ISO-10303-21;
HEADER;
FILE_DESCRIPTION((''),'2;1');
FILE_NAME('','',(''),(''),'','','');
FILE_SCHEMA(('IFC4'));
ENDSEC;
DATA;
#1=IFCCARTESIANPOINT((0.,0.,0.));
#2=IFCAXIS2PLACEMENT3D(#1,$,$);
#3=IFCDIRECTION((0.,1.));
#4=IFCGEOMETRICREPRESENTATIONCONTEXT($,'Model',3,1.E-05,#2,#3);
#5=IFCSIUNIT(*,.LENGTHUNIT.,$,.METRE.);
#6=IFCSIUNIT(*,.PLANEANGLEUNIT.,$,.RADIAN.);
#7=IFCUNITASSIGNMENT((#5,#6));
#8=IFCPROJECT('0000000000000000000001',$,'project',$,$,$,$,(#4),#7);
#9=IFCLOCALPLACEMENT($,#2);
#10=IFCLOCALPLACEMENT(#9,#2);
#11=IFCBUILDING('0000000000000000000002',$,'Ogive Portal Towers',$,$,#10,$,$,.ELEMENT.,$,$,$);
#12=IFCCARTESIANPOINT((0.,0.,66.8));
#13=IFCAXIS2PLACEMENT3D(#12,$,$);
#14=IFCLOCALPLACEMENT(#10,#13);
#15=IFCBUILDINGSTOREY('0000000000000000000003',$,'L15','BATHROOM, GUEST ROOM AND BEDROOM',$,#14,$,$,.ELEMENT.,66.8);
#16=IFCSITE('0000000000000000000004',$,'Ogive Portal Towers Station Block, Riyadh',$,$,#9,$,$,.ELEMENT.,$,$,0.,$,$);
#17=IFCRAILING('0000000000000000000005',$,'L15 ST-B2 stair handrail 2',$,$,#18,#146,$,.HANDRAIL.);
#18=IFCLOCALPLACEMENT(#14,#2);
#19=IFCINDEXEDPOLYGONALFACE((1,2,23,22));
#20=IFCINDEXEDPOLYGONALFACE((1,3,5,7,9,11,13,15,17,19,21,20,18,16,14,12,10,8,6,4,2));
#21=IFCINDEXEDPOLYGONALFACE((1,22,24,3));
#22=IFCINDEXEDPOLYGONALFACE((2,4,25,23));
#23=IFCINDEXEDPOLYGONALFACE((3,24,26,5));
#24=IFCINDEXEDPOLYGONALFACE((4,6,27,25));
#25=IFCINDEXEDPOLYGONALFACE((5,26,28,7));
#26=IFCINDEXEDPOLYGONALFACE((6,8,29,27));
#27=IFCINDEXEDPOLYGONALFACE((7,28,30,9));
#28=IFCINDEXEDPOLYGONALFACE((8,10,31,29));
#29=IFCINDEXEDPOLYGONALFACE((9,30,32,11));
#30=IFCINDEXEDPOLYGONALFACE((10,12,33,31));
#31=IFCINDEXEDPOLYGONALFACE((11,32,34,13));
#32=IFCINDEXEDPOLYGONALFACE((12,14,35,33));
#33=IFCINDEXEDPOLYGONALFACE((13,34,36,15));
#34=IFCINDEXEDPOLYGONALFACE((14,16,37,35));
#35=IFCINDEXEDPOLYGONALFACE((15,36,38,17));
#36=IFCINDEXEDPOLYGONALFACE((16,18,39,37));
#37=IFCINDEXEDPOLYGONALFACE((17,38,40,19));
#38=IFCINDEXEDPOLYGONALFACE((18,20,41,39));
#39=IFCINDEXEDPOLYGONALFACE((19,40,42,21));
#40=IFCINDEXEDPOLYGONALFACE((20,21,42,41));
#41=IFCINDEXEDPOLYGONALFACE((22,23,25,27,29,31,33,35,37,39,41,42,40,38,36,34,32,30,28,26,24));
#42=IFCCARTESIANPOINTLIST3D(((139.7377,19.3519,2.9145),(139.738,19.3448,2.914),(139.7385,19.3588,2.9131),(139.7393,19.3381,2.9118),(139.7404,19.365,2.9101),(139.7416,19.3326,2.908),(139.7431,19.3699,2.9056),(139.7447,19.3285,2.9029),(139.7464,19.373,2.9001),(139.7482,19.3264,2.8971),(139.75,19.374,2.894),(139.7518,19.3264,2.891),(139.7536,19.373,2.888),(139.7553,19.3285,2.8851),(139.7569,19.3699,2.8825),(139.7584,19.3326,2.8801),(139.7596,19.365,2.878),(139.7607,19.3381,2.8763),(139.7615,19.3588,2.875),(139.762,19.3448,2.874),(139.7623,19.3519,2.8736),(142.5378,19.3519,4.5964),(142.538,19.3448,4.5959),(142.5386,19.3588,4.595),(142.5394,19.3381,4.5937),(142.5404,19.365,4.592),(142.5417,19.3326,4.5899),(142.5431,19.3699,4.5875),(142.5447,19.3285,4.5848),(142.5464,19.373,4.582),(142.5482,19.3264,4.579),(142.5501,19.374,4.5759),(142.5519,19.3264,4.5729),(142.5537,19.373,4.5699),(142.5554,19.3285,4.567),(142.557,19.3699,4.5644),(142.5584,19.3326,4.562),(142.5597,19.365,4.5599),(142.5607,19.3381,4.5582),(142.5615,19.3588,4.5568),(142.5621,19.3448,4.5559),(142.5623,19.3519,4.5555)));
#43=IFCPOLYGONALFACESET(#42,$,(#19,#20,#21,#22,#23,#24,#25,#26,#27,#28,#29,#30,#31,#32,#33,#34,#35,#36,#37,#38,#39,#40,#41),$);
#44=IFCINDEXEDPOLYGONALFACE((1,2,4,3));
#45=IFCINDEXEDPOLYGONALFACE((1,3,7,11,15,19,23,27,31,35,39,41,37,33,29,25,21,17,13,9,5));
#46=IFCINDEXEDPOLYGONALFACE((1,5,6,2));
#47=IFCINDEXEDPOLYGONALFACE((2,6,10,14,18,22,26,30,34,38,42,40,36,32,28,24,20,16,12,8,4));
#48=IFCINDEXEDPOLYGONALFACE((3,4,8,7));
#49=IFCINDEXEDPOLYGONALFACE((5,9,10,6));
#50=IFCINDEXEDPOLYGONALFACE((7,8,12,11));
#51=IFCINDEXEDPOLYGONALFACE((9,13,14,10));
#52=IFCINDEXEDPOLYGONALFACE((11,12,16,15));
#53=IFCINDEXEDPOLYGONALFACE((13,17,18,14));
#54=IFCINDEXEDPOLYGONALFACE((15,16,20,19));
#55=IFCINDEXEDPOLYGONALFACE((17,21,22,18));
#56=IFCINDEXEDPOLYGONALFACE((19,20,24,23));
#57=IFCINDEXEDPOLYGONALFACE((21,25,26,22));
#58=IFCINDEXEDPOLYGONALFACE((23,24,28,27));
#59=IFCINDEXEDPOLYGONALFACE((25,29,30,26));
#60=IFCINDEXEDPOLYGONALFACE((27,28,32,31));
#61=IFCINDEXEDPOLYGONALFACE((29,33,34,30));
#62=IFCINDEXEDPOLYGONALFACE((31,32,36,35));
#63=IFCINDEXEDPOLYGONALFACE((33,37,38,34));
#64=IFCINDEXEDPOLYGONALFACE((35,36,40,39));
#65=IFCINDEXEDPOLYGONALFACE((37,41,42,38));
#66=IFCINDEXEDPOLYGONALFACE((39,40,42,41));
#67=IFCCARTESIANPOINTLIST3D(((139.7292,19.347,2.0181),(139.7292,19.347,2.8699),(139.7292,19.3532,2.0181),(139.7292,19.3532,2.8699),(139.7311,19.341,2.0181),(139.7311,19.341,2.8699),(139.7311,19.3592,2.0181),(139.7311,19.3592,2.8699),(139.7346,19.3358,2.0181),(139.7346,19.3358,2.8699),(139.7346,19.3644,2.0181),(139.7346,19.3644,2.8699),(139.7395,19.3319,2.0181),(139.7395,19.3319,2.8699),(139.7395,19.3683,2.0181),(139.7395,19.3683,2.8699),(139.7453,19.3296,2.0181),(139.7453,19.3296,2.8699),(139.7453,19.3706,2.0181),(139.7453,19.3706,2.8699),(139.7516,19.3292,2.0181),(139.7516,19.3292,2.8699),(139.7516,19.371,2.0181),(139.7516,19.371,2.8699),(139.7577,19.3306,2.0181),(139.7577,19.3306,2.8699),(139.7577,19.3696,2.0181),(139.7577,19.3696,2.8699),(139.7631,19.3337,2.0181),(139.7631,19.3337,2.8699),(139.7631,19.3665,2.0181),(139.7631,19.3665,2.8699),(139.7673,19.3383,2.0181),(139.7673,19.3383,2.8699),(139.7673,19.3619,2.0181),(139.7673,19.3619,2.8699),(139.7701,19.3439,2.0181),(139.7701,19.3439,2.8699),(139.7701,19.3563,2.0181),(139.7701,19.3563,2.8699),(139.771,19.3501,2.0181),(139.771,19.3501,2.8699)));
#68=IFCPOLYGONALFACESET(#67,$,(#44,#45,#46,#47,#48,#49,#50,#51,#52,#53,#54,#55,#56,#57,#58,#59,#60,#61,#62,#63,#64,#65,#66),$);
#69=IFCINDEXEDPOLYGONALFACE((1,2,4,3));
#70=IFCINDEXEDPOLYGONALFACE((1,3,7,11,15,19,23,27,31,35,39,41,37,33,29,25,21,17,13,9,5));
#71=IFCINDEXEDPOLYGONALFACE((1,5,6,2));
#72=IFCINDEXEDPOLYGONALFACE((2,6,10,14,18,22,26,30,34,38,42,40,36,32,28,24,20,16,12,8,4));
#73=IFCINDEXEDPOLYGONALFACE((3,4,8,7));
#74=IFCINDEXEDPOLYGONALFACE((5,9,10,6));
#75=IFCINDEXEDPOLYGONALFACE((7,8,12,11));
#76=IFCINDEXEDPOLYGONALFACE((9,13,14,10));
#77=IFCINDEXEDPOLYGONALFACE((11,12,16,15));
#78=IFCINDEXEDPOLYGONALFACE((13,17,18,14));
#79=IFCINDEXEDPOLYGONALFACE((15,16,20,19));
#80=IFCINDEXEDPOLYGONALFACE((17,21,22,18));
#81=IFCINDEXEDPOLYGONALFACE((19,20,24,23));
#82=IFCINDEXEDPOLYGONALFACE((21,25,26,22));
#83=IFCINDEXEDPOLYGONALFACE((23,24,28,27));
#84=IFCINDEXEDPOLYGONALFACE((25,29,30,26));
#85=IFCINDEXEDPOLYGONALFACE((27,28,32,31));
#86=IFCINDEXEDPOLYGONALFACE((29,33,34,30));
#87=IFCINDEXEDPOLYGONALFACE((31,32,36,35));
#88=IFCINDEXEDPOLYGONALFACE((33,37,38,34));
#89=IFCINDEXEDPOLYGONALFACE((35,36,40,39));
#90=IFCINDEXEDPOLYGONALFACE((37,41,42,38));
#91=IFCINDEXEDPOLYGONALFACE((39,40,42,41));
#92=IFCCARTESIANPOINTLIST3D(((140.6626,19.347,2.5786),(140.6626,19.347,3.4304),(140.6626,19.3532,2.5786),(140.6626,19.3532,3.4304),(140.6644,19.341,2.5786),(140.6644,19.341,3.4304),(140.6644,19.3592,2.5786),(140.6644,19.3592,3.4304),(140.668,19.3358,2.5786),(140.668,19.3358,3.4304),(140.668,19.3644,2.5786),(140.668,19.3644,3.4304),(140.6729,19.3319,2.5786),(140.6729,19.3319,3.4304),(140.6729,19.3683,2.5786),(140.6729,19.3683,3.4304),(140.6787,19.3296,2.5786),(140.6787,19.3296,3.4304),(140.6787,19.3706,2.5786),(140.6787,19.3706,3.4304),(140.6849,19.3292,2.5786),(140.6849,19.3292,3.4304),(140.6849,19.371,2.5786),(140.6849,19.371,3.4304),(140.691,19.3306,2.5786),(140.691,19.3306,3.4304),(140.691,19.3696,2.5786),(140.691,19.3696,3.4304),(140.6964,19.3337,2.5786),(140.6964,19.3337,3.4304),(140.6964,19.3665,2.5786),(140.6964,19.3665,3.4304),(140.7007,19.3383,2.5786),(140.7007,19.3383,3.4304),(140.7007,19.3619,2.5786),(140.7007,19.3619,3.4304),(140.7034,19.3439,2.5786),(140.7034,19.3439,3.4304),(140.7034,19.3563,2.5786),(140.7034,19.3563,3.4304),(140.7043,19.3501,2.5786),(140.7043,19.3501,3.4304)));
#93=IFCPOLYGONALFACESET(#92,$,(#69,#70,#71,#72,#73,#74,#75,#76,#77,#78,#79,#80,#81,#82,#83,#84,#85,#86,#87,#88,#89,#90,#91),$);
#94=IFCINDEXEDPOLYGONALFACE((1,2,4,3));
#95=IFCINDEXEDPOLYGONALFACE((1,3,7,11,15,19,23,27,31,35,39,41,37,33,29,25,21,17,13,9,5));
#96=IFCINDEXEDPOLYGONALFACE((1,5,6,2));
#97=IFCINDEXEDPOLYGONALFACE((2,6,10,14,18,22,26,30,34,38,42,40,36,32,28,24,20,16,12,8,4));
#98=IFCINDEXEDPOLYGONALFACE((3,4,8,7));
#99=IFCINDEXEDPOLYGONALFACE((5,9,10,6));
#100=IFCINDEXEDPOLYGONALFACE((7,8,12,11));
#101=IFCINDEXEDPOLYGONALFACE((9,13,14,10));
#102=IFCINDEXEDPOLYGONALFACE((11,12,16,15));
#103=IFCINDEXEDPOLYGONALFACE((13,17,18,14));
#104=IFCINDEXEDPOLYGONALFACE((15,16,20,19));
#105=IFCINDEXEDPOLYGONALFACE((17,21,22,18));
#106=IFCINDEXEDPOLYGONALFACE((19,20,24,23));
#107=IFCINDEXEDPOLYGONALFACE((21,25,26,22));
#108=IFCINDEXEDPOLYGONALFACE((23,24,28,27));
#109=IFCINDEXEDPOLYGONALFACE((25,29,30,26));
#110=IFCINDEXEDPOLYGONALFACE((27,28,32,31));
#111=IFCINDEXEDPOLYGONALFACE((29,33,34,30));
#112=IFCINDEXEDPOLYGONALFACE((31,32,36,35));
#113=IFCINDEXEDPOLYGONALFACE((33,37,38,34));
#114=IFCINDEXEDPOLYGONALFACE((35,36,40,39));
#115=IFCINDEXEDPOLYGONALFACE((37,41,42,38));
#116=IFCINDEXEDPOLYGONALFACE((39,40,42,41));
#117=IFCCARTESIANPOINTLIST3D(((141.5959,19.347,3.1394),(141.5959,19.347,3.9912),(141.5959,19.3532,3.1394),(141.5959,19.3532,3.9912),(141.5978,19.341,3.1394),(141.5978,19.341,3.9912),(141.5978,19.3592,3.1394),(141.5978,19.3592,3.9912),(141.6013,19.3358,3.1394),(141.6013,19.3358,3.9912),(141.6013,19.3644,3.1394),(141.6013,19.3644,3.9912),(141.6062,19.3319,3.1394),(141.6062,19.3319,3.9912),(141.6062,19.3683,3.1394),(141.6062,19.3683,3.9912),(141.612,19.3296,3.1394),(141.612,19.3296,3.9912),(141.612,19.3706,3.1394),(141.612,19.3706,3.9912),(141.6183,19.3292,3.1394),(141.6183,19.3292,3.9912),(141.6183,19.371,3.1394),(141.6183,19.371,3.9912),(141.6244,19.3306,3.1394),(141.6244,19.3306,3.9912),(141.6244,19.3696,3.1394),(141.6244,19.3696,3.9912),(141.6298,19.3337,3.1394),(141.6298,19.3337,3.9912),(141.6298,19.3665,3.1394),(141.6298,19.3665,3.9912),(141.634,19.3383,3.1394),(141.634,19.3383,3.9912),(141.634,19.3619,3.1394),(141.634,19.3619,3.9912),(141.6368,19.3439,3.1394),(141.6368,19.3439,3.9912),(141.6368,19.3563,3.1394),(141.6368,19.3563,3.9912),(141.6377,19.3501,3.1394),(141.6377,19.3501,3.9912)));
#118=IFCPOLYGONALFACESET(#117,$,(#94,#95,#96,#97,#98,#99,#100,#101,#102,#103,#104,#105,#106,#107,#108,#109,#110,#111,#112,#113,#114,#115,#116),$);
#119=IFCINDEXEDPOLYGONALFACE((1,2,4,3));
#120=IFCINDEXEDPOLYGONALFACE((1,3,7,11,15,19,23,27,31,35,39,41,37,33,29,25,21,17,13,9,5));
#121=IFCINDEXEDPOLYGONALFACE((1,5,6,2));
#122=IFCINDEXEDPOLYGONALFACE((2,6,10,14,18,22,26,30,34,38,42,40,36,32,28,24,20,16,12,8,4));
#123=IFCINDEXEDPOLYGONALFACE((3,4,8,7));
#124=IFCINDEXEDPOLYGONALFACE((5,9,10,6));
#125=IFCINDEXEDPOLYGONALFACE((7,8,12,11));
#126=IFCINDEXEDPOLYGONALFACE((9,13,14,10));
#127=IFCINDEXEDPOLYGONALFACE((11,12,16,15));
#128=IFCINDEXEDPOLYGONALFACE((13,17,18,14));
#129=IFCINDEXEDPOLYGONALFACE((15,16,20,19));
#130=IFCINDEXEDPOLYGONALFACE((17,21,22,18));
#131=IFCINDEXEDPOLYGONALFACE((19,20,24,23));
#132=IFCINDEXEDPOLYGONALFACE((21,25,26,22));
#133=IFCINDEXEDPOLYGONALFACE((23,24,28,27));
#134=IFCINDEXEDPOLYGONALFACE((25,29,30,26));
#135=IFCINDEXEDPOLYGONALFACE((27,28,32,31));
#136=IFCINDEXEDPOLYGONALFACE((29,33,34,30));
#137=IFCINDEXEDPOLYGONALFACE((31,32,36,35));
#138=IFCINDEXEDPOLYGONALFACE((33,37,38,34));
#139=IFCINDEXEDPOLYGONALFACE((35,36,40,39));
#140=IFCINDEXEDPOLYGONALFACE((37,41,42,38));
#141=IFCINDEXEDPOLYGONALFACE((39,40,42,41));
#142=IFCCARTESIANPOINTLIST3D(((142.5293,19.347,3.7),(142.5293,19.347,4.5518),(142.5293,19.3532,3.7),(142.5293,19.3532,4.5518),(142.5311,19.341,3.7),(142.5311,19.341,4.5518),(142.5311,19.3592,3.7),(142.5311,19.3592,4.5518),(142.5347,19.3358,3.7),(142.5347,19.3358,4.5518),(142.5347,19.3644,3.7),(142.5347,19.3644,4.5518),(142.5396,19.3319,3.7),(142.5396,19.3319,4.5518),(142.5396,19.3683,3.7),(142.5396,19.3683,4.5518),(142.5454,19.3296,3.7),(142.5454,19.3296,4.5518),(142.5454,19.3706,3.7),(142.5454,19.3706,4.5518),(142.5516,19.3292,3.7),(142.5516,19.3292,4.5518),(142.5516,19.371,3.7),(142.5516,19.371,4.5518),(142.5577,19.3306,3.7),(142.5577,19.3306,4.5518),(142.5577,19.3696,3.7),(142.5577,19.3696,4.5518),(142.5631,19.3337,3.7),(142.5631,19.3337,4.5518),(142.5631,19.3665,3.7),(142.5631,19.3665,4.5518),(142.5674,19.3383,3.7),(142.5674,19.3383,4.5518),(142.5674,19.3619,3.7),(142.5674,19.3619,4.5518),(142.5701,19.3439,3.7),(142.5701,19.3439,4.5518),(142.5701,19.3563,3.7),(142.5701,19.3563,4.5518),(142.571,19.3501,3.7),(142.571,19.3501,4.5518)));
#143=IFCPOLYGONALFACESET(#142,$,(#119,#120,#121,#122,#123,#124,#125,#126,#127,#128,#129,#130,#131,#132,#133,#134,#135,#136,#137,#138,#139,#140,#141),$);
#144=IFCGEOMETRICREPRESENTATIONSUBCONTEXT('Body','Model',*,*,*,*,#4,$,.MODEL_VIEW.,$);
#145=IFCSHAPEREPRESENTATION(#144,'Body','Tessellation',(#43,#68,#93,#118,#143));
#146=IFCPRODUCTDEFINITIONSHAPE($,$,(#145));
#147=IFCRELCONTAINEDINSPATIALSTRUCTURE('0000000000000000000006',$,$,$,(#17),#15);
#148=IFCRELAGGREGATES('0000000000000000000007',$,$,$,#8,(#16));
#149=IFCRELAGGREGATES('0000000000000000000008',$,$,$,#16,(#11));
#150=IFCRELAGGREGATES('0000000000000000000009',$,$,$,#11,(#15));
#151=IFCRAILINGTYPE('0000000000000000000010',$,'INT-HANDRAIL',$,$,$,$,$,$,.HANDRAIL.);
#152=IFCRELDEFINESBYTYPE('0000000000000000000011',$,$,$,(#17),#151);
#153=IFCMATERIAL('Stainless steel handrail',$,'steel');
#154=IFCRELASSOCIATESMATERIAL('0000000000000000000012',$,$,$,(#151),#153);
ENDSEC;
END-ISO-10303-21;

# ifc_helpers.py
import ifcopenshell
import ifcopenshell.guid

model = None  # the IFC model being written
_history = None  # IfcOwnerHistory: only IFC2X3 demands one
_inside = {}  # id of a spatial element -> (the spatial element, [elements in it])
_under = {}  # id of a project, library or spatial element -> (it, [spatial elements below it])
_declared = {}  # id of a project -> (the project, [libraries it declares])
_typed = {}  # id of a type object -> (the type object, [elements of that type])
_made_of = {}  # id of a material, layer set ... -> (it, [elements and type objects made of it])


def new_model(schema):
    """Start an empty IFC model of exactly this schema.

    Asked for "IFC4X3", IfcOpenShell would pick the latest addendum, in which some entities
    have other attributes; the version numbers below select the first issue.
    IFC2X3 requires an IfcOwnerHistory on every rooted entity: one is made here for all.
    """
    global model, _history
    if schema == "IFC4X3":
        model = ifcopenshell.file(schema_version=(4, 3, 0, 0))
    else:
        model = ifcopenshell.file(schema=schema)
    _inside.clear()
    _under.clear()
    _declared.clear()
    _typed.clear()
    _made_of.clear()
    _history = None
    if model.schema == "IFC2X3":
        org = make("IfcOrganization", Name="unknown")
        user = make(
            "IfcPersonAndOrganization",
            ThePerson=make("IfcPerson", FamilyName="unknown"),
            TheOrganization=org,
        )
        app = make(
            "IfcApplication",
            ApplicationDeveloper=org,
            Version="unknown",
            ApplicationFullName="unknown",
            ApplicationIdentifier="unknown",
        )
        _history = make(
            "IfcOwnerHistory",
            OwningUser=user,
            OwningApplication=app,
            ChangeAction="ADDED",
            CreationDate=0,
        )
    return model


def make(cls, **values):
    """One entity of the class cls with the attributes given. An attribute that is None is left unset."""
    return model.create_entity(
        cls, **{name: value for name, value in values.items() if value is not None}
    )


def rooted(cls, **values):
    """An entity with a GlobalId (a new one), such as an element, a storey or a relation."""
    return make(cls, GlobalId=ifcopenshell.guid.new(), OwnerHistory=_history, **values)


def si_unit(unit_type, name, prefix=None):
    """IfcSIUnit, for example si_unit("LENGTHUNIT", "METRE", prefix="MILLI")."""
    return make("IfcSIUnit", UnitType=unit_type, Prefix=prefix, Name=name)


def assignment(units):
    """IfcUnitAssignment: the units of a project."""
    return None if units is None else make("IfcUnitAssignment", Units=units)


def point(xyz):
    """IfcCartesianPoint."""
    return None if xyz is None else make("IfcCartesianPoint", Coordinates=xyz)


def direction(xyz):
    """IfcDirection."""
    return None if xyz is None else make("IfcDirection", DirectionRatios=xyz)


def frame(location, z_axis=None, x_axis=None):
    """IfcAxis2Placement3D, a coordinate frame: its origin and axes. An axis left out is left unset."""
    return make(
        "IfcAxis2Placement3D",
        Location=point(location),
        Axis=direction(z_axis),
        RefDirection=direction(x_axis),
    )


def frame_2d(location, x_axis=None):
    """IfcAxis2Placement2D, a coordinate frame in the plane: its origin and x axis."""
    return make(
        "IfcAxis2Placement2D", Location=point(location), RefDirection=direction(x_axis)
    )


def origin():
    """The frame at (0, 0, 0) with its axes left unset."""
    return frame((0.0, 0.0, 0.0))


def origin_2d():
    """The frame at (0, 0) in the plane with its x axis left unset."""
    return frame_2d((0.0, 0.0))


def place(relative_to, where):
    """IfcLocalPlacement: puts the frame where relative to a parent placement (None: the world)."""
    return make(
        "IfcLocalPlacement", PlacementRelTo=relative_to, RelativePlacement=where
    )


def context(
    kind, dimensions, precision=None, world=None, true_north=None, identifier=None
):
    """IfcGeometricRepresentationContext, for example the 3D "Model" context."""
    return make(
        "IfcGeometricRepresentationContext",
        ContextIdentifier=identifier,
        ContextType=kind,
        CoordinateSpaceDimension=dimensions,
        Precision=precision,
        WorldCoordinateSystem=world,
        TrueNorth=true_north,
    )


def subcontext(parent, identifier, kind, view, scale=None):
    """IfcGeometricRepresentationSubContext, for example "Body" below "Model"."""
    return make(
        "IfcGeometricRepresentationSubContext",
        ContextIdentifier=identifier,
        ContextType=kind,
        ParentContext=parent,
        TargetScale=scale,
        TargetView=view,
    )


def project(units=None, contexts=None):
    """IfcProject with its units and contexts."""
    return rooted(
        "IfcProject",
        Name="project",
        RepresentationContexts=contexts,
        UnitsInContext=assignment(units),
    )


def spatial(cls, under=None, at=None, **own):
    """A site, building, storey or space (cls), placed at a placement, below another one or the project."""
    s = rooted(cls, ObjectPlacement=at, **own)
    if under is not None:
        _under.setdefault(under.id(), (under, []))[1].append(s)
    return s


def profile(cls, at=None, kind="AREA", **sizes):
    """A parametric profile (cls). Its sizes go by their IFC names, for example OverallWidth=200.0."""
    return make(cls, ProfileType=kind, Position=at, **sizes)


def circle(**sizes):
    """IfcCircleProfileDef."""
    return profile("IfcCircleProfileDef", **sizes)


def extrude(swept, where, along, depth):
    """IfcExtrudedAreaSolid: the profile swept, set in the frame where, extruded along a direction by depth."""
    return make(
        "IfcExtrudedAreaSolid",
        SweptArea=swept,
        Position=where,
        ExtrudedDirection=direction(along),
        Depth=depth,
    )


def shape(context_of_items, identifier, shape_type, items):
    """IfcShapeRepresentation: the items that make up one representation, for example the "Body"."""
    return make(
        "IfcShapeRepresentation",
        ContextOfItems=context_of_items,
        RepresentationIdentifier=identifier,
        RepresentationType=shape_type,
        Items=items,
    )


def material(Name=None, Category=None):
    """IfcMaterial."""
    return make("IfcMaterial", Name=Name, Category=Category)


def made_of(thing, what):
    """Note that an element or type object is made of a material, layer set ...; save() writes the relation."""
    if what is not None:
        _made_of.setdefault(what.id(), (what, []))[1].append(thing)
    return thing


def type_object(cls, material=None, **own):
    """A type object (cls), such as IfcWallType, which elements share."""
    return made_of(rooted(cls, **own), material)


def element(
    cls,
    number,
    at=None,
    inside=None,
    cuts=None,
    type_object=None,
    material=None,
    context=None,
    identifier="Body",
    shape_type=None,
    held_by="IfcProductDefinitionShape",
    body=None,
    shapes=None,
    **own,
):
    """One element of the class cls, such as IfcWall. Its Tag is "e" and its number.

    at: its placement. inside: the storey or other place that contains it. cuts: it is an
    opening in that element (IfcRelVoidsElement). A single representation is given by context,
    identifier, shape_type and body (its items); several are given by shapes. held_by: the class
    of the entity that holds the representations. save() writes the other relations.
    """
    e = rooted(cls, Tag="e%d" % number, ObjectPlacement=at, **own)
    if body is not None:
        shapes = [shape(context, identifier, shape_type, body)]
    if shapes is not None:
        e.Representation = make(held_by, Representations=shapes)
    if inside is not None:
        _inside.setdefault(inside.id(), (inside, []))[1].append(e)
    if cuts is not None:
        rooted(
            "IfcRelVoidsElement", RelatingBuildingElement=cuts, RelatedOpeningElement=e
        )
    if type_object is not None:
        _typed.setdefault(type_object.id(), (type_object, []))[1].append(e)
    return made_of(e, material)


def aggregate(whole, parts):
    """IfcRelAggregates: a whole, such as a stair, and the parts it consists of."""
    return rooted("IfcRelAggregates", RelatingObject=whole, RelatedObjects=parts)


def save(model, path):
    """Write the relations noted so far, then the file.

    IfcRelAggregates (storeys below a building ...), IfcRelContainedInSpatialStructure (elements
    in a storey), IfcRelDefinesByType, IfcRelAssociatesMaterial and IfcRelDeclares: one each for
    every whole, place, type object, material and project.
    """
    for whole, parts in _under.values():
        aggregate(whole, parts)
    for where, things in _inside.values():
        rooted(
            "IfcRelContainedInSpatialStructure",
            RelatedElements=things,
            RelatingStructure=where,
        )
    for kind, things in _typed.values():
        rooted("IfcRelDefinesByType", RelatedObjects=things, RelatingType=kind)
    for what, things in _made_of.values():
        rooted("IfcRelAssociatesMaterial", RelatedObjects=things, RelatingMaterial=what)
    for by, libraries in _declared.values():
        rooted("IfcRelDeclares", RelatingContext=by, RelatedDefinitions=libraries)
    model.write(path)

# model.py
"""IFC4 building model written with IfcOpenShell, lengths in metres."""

from ifc_helpers import new_model, si_unit, direction, frame, origin, origin_2d, place, context, subcontext, project, spatial, circle, extrude, material, type_object, element, save


model = new_model("IFC4")

# Units and contexts
model_context = context("Model", 3, precision=1e-05, world=origin(), true_north=direction((0.0, 1.0)))
body_context = subcontext(model_context, "Body", "Model", "MODEL_VIEW")
ifc_project = project(units=[si_unit("LENGTHUNIT", "METRE"), si_unit("PLANEANGLEUNIT", "RADIAN")], contexts=[model_context])

# Site, building, storey
site_placement = place(None, origin())
site = spatial("IfcSite", under=ifc_project, at=site_placement, Name="Ogive Portal Towers Station Block, Riyadh", CompositionType="ELEMENT", RefElevation=0.0)
building_placement = place(site_placement, origin())
building = spatial("IfcBuilding", under=site, at=building_placement, Name="Ogive Portal Towers", CompositionType="ELEMENT")
storey_placement = place(building_placement, frame((0.0, 0.0, 66.8)))
storey = spatial("IfcBuildingStorey", under=building, at=storey_placement, Name="L15", Description="BATHROOM, GUEST ROOM AND BEDROOM", CompositionType="ELEMENT", Elevation=66.8)

# Railing
ifc_material_1 = material(Name="Stainless steel handrail", Category="steel")
railing_type_1 = type_object("IfcRailingType", Name="INT-HANDRAIL", PredefinedType="HANDRAIL", material=ifc_material_1)
railing_1_placement = place(storey_placement, frame((139.75, 19.3501, 2.0181)))
element("IfcRailing", 1, at=railing_1_placement, inside=storey, type_object=railing_type_1, Name="L15 ST-B2 stair handrail 2", PredefinedType="HANDRAIL", context=body_context, shape_type="SweptSolid", body=[
    extrude(circle(Radius=0.0239, at=origin_2d()), frame((0.0, 0.0, 0.876), z_axis=(0.857242, 0.0, 0.514913), x_axis=(0.0, 1.0, 0.0)), (0.0, 0.0, 1.0), 3.2664),
    extrude(circle(Radius=0.021, at=origin_2d()), origin(), (0.0, 0.0, 1.0), 0.8518),
    extrude(circle(Radius=0.021, at=origin_2d()), frame((0.9333, 0.0, 0.5605)), (0.0, 0.0, 1.0), 0.8518),
    extrude(circle(Radius=0.021, at=origin_2d()), frame((1.8667, 0.0, 1.1213)), (0.0, 0.0, 1.0), 0.8518),
    extrude(circle(Radius=0.021, at=origin_2d()), frame((2.8, 0.0, 1.6819)), (0.0, 0.0, 1.0), 0.8518),
])

save(model, "model.ifc")
